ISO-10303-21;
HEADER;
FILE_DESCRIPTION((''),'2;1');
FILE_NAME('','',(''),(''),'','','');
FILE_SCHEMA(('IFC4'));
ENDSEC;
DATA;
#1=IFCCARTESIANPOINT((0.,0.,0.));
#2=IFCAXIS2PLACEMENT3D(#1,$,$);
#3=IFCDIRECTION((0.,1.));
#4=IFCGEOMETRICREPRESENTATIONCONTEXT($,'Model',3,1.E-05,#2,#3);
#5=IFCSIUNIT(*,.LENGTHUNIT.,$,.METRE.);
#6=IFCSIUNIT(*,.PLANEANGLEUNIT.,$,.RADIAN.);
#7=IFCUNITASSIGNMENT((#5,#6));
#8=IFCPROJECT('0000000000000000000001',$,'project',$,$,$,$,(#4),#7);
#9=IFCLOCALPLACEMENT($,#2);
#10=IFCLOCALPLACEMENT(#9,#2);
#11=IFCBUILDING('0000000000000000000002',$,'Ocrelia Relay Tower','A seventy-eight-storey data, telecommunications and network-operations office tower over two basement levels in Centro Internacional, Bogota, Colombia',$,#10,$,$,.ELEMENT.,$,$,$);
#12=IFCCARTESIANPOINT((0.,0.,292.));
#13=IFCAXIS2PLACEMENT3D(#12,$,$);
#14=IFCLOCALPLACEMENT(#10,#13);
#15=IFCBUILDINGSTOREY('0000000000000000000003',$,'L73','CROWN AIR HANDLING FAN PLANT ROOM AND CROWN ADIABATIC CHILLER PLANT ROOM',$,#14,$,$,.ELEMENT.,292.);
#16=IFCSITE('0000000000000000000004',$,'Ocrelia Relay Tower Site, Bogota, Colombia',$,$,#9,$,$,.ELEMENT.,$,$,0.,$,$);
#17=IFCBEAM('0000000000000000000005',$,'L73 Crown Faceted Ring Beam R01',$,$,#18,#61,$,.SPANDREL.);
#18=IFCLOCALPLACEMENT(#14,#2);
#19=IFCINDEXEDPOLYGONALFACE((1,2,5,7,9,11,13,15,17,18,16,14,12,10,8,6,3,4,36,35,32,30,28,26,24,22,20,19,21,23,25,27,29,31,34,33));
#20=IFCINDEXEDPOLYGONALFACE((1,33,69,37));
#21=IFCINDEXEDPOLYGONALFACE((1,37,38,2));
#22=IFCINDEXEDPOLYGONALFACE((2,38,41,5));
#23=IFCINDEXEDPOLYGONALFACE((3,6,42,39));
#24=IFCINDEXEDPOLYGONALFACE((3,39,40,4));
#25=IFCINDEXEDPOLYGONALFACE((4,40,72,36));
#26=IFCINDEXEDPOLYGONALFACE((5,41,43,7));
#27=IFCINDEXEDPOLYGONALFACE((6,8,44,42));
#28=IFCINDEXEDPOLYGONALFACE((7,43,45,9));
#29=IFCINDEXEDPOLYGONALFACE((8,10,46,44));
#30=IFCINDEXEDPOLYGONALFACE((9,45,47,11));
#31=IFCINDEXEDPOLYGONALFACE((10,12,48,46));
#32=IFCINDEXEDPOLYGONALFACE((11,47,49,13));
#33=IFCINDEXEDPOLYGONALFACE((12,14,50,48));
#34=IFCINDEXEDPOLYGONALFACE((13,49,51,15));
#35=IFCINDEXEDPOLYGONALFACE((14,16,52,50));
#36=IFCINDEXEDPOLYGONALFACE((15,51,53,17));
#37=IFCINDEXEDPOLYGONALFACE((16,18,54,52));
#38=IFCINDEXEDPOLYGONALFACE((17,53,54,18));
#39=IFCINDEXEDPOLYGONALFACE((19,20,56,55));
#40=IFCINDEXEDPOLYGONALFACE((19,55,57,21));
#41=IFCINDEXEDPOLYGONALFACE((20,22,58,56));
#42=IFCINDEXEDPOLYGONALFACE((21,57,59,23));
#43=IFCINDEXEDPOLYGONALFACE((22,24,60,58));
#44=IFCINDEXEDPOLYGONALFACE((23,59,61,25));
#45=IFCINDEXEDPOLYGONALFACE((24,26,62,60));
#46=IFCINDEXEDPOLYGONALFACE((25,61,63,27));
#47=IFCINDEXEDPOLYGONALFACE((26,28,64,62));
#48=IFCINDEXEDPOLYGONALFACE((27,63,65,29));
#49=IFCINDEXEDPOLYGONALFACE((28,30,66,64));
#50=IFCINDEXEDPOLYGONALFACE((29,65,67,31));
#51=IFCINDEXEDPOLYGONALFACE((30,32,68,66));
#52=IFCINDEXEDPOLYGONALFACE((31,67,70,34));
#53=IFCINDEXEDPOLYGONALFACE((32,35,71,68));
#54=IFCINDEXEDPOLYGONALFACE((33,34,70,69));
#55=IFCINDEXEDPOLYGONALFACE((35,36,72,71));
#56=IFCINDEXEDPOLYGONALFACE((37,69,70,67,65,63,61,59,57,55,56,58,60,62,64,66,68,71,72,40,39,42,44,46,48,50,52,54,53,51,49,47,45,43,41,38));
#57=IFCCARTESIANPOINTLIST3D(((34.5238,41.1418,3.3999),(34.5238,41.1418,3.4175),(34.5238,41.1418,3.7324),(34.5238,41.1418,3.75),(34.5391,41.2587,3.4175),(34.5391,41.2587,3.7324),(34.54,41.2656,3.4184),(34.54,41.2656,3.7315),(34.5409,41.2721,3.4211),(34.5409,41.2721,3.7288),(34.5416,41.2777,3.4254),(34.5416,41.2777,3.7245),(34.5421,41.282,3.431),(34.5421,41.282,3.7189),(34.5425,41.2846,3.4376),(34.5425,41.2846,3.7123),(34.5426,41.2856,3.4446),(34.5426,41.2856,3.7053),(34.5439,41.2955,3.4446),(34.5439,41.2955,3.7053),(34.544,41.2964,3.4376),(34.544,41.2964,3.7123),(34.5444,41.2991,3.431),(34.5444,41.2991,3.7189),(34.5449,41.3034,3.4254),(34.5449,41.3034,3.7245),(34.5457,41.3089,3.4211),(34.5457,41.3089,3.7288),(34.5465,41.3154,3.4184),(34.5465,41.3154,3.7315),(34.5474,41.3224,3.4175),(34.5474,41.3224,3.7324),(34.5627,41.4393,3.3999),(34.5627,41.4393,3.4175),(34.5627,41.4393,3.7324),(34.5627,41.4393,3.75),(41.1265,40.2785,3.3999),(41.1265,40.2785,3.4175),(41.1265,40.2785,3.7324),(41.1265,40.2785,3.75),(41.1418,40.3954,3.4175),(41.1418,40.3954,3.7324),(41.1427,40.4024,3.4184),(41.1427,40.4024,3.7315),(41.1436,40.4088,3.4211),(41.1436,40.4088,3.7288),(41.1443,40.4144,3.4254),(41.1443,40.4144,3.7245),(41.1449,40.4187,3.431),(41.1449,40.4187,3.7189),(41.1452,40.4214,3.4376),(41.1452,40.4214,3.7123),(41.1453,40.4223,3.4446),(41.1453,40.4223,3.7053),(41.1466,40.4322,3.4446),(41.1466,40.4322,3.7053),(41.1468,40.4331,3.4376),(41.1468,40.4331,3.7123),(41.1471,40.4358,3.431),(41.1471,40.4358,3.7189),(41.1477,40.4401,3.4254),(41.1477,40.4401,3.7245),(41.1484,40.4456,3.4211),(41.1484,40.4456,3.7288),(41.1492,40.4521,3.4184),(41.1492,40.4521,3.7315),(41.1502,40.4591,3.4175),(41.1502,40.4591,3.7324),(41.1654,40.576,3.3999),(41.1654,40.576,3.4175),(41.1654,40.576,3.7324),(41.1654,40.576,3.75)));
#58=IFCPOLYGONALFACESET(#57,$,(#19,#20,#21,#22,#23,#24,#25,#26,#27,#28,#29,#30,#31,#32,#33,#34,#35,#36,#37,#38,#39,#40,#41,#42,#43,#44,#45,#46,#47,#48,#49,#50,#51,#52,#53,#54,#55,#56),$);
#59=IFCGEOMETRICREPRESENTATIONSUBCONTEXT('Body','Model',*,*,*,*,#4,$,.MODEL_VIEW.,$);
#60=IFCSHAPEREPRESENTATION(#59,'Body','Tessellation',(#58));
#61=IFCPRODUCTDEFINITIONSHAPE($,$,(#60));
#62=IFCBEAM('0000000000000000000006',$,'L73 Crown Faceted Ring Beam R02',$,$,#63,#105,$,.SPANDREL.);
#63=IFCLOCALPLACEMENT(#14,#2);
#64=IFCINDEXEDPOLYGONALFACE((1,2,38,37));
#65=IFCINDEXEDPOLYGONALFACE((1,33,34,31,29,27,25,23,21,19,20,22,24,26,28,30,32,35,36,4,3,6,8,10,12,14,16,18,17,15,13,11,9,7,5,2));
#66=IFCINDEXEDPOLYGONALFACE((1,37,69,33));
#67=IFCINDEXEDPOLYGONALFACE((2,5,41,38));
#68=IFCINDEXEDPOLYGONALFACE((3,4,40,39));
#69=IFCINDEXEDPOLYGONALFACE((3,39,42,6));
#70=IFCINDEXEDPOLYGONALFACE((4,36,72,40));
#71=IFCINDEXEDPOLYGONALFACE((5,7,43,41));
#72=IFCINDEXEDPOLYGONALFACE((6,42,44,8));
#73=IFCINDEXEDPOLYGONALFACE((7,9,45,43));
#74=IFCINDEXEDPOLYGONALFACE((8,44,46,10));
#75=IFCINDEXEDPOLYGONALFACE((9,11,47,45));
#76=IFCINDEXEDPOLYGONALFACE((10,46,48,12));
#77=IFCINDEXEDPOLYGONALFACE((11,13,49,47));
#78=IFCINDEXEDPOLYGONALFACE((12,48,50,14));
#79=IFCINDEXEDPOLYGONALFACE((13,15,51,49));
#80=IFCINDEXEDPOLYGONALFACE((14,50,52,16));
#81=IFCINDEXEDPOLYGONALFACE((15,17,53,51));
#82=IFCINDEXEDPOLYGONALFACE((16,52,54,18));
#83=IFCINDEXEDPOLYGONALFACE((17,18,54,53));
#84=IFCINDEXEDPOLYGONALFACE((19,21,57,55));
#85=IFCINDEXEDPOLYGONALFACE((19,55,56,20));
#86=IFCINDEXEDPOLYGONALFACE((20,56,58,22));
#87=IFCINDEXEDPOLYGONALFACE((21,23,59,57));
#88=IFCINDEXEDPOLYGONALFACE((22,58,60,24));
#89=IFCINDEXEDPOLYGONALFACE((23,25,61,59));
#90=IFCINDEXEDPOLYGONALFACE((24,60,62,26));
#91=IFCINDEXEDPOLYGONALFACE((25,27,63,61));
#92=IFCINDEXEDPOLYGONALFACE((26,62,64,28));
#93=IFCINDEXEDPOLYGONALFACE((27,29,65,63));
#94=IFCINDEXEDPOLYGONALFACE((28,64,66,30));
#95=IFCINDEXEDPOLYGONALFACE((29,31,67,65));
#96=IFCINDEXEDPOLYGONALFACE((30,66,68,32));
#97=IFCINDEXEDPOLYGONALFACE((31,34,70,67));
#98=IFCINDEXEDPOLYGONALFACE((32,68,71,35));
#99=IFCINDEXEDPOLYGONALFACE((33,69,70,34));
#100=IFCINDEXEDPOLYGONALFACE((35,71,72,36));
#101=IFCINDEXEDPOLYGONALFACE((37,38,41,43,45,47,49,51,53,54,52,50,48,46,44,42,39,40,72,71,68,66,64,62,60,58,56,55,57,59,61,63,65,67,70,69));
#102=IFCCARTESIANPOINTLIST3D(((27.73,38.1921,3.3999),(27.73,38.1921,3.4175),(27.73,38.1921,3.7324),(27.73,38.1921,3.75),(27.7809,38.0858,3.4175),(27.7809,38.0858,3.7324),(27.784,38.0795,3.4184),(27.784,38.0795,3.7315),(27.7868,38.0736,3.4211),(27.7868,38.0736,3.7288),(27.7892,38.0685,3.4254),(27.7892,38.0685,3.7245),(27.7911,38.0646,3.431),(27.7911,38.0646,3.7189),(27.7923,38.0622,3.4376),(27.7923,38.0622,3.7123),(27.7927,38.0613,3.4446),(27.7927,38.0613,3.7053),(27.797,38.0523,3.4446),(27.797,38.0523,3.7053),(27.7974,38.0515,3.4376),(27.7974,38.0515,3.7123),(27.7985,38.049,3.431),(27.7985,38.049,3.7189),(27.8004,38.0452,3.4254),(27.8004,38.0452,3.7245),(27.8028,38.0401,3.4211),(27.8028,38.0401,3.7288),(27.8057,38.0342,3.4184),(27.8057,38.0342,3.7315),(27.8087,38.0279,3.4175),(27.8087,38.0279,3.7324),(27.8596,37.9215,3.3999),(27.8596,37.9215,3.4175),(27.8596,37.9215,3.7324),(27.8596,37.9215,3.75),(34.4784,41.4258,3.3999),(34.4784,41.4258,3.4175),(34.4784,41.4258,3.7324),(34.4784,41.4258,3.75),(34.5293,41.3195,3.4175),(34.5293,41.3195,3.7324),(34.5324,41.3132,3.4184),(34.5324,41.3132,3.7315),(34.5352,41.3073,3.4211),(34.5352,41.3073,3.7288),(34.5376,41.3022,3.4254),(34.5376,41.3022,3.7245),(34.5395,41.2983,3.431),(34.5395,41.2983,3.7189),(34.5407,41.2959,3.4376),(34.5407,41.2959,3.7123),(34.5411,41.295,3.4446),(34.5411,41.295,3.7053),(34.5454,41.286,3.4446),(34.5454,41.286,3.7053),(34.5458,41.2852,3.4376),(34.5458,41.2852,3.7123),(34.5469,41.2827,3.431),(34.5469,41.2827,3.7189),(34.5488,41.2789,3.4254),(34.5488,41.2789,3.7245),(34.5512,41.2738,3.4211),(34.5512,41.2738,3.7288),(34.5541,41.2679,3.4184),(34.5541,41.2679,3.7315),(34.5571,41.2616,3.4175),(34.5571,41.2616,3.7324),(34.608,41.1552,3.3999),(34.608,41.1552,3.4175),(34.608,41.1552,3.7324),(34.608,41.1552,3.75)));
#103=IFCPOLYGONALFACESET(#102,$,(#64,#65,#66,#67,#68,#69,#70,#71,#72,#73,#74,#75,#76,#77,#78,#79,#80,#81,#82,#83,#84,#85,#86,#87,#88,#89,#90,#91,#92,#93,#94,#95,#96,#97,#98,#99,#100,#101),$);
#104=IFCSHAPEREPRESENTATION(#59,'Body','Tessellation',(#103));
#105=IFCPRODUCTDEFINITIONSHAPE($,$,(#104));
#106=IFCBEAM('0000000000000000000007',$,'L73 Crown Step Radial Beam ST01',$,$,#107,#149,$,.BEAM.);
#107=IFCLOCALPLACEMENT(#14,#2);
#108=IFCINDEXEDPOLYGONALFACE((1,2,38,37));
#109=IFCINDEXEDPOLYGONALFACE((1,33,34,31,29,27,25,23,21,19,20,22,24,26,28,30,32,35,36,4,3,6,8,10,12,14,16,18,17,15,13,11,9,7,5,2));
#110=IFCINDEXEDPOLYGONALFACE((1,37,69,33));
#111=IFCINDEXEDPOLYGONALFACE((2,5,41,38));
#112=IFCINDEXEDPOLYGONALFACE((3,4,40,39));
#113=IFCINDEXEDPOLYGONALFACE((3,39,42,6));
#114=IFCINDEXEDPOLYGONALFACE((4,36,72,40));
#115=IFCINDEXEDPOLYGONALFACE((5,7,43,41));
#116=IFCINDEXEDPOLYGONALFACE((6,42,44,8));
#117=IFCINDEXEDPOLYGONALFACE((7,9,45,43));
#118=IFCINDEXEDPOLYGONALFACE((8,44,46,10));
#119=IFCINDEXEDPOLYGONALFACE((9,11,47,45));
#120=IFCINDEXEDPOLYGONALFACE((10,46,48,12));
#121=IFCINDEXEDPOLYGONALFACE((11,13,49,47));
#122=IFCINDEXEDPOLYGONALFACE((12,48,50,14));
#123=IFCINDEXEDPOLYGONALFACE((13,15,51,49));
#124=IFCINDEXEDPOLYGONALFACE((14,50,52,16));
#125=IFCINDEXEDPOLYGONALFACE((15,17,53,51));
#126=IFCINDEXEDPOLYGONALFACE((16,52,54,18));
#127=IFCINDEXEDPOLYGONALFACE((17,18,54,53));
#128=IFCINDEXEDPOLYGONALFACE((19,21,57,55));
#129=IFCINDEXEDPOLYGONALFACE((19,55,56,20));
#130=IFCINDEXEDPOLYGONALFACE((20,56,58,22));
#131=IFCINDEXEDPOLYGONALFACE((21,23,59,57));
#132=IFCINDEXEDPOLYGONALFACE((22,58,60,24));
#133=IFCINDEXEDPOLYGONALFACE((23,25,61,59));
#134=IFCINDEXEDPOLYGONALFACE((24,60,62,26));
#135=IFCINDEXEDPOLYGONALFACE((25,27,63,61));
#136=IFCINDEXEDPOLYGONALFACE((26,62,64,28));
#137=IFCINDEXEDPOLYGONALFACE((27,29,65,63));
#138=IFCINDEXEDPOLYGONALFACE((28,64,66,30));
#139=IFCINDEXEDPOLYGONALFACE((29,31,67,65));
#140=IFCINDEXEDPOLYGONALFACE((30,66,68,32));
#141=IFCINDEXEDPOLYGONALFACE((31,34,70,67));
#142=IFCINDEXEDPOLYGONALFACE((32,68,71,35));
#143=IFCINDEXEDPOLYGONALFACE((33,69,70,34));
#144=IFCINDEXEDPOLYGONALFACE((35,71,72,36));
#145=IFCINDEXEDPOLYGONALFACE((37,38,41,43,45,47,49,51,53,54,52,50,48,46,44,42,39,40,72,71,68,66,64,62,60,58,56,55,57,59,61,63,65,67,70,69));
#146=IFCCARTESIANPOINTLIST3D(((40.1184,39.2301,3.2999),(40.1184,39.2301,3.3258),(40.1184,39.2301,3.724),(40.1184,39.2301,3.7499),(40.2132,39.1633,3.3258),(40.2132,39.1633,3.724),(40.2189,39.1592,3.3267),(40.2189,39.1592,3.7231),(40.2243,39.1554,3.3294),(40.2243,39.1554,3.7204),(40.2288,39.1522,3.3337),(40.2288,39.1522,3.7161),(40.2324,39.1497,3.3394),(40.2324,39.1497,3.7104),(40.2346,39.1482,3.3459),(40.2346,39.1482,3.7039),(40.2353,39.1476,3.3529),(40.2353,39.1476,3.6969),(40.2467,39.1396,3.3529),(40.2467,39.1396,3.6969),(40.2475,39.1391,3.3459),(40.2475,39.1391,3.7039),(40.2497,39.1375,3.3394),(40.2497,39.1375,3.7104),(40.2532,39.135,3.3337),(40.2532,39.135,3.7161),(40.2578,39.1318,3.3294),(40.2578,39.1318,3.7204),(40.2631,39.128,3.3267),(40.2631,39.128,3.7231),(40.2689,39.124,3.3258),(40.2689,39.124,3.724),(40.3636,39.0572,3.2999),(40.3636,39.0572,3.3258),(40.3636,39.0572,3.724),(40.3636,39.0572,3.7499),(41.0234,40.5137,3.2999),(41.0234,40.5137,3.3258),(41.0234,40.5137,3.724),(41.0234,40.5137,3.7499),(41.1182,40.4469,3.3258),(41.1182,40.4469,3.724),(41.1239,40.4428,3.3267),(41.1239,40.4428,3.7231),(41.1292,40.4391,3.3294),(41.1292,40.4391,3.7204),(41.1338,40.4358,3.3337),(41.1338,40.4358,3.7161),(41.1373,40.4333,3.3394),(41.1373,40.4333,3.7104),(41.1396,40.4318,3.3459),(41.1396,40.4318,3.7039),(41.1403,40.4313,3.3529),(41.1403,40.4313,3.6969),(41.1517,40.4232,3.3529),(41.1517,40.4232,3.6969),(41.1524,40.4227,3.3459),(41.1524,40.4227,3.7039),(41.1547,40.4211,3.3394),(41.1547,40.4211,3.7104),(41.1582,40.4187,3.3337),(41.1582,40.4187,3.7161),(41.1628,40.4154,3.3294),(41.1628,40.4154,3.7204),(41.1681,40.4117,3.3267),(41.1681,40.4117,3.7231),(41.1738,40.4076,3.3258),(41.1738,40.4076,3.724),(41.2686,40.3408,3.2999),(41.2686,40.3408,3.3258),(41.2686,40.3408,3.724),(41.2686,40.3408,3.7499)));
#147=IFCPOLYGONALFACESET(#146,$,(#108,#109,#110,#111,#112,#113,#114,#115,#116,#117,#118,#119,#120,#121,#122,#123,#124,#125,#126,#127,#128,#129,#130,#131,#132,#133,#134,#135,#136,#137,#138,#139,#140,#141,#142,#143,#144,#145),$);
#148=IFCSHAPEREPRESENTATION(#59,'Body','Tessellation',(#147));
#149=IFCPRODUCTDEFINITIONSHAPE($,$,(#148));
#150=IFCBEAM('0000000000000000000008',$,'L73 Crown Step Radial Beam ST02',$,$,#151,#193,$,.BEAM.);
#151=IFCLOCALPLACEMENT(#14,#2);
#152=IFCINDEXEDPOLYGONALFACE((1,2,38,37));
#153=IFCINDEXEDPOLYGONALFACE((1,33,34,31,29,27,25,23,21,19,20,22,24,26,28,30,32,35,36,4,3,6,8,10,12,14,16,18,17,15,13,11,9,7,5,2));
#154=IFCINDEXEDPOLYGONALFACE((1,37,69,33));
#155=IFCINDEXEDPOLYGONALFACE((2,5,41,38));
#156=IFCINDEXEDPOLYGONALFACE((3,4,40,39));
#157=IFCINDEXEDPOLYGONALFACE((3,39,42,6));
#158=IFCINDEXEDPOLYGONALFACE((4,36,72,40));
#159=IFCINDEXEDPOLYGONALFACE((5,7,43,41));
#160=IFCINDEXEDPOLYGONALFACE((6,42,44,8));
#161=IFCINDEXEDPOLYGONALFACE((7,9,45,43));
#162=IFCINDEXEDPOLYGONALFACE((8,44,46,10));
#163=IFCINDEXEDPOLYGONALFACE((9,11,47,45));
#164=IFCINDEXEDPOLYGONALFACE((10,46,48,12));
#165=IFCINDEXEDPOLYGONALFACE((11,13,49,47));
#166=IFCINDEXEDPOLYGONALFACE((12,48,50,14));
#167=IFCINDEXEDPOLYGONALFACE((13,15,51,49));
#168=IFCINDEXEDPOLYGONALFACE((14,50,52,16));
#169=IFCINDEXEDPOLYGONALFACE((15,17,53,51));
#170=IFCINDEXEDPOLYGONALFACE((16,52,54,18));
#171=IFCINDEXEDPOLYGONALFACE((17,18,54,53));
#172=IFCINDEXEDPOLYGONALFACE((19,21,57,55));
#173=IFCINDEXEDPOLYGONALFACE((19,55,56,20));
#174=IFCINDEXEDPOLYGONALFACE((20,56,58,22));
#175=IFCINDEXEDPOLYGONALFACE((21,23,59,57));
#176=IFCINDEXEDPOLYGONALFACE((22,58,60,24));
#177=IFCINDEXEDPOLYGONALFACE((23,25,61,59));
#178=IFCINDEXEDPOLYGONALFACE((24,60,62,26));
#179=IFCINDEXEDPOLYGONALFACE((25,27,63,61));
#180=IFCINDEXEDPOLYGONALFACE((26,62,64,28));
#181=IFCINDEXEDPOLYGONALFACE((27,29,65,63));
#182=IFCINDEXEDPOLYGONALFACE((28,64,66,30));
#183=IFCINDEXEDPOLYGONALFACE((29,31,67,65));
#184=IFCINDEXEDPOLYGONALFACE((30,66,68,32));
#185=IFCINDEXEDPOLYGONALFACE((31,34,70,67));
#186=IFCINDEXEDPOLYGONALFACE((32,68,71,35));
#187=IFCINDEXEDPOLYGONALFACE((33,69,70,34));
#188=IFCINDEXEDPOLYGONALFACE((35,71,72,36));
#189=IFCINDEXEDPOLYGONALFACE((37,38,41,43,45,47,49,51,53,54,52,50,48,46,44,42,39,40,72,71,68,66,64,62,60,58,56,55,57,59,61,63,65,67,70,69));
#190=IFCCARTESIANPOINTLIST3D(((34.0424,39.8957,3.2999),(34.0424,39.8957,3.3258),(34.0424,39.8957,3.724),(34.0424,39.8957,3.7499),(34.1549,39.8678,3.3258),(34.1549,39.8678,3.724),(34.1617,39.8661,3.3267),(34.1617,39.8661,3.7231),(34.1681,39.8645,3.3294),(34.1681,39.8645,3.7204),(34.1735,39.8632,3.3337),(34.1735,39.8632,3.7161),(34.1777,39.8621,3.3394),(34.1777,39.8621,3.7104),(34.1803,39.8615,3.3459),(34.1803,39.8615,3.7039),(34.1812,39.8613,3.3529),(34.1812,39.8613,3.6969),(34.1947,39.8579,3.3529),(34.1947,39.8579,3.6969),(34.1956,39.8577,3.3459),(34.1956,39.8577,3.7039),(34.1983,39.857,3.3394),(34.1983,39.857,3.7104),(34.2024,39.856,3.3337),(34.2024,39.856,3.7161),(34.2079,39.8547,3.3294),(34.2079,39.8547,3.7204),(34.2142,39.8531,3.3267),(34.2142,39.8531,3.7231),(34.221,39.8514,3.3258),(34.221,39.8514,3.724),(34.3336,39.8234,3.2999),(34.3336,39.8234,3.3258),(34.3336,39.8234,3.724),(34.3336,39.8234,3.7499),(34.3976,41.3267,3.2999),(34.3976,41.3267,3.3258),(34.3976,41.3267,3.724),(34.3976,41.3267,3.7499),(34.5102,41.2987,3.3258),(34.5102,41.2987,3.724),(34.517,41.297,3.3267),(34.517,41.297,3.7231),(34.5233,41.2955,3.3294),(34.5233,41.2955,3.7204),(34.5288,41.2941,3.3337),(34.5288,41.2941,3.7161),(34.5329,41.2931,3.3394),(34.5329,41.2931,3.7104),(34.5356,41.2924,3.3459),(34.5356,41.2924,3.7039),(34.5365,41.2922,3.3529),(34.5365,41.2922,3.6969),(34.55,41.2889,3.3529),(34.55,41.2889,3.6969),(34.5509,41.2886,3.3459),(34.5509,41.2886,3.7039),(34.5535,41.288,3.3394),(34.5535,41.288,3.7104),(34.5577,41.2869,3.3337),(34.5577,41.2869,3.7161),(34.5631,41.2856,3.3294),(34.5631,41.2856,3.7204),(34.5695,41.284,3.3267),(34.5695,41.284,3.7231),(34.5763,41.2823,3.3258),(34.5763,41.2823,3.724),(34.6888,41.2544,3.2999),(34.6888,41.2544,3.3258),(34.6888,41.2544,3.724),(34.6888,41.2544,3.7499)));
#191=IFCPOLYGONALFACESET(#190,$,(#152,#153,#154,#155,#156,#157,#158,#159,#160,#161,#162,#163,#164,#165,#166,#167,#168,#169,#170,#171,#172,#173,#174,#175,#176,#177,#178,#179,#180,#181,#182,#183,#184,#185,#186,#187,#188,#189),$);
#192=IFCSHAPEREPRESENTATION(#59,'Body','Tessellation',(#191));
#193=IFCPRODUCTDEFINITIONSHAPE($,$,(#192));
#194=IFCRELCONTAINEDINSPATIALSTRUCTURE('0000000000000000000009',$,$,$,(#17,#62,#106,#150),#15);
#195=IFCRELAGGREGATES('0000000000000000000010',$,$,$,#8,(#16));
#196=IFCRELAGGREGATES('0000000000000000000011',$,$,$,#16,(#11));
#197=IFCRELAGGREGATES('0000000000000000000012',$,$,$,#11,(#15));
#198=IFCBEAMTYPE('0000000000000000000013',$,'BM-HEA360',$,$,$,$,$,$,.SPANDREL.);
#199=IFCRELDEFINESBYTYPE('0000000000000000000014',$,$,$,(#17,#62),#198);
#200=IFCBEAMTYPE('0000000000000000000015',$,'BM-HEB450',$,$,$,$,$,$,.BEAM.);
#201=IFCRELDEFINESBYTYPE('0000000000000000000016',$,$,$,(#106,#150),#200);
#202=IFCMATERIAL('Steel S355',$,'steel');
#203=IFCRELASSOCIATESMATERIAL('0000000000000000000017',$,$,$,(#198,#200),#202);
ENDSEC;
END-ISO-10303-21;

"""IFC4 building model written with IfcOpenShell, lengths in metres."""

from ifc_helpers import new_model, si_unit, direction, frame, origin, origin_2d, place, context, subcontext, project, spatial, i_section, extrude, material, material_profile, profile_set, type_object, element, save


model = new_model("IFC4")

# Units and contexts
model_context = context("Model", 3, precision=1e-05, world=origin(), true_north=direction((0.0, 1.0)))
body_context = subcontext(model_context, "Body", "Model", "MODEL_VIEW")
ifc_project = project(units=[si_unit("LENGTHUNIT", "METRE"), si_unit("PLANEANGLEUNIT", "RADIAN")], contexts=[model_context])

# Site, building, storey
site_placement = place(None, origin())
site = spatial("IfcSite", under=ifc_project, at=site_placement, Name="Ocrelia Relay Tower Site, Bogota, Colombia", CompositionType="ELEMENT", RefElevation=0.0)
building_placement = place(site_placement, origin())
building = spatial("IfcBuilding", under=site, at=building_placement, Name="Ocrelia Relay Tower", Description="A seventy-eight-storey data, telecommunications and network-operations office tower over two basement levels in Centro Internacional, Bogota, Colombia", CompositionType="ELEMENT")
storey_placement = place(building_placement, frame((0.0, 0.0, 292.0)))
storey = spatial("IfcBuildingStorey", under=building, at=storey_placement, Name="L73", Description="CROWN AIR HANDLING FAN PLANT ROOM AND CROWN ADIABATIC CHILLER PLANT ROOM", CompositionType="ELEMENT", Elevation=292.0)

# Beams
ifc_material_1 = material(Name="Steel S355", Category="steel")
ifc_material_profile_1 = material_profile(ifc_material_1, i_section(OverallWidth=0.3, OverallDepth=0.3501, WebThickness=0.01, FlangeThickness=0.0176, FilletRadius=0.0271, at=origin_2d()), Name="HEA 360")
ifc_profile_set_1 = profile_set([ifc_material_profile_1], Name="Steel S355")
beam_type_1 = type_object("IfcBeamType", Name="BM-HEA360", PredefinedType="SPANDREL", material=ifc_profile_set_1)
beam_1_placement = place(storey_placement, frame((41.146, 40.4272, 3.575), z_axis=(-0.991561, 0.129642, 0.0), x_axis=(-0.129642, -0.991561, 0.0)))
element("IfcBeam", 1, at=beam_1_placement, inside=storey, type_object=beam_type_1, Name="L73 Crown Faceted Ring Beam R01", PredefinedType="SPANDREL", context=body_context, shape_type="SweptSolid", body=[
    extrude(i_section(OverallWidth=0.3, OverallDepth=0.3501, WebThickness=0.01, FlangeThickness=0.0176, FilletRadius=0.0271, at=origin_2d()), origin(), (0.0, 0.0, 1.0), 6.6589),
])
beam_2_placement = place(storey_placement, frame((34.5432, 41.2905, 3.575), z_axis=(-0.901812, -0.43213, 0.0), x_axis=(0.43213, -0.901812, 0.0)))
element("IfcBeam", 2, at=beam_2_placement, inside=storey, type_object=beam_type_1, Name="L73 Crown Faceted Ring Beam R02", PredefinedType="SPANDREL", context=body_context, shape_type="SweptSolid", body=[
    extrude(i_section(OverallWidth=0.3, OverallDepth=0.3501, WebThickness=0.01, FlangeThickness=0.0176, FilletRadius=0.0271, at=origin_2d()), origin(), (0.0, 0.0, 1.0), 7.4832),
])
ifc_material_profile_2 = material_profile(ifc_material_1, i_section(OverallWidth=0.3, OverallDepth=0.45, WebThickness=0.0139, FlangeThickness=0.0259, FilletRadius=0.0271, at=origin_2d()), Name="HEB 450")
ifc_profile_set_2 = profile_set([ifc_material_profile_2], Name="Steel S355")
beam_type_2 = type_object("IfcBeamType", Name="BM-HEB450", PredefinedType="BEAM", material=ifc_profile_set_2)
beam_3_placement = place(storey_placement, frame((41.146, 40.4272, 3.5249), z_axis=(-0.576213, -0.817299, 0.0), x_axis=(0.817299, -0.576213, 0.0)))
element("IfcBeam", 3, at=beam_3_placement, inside=storey, type_object=beam_type_2, Name="L73 Crown Step Radial Beam ST01", PredefinedType="BEAM", context=body_context, shape_type="SweptSolid", body=[
    extrude(i_section(OverallWidth=0.3, OverallDepth=0.45, WebThickness=0.0139, FlangeThickness=0.0259, FilletRadius=0.0271, at=origin_2d()), origin(), (0.0, 0.0, 1.0), 1.5706),
])
beam_4_placement = place(storey_placement, frame((34.5432, 41.2905, 3.5249), z_axis=(-0.240938, -0.970541, 0.0), x_axis=(0.970541, -0.240938, 0.0)))
element("IfcBeam", 4, at=beam_4_placement, inside=storey, type_object=beam_type_2, Name="L73 Crown Step Radial Beam ST02", PredefinedType="BEAM", context=body_context, shape_type="SweptSolid", body=[
    extrude(i_section(OverallWidth=0.3, OverallDepth=0.45, WebThickness=0.0139, FlangeThickness=0.0259, FilletRadius=0.0271, at=origin_2d()), origin(), (0.0, 0.0, 1.0), 1.4744),
])

save(model, "model.ifc")
